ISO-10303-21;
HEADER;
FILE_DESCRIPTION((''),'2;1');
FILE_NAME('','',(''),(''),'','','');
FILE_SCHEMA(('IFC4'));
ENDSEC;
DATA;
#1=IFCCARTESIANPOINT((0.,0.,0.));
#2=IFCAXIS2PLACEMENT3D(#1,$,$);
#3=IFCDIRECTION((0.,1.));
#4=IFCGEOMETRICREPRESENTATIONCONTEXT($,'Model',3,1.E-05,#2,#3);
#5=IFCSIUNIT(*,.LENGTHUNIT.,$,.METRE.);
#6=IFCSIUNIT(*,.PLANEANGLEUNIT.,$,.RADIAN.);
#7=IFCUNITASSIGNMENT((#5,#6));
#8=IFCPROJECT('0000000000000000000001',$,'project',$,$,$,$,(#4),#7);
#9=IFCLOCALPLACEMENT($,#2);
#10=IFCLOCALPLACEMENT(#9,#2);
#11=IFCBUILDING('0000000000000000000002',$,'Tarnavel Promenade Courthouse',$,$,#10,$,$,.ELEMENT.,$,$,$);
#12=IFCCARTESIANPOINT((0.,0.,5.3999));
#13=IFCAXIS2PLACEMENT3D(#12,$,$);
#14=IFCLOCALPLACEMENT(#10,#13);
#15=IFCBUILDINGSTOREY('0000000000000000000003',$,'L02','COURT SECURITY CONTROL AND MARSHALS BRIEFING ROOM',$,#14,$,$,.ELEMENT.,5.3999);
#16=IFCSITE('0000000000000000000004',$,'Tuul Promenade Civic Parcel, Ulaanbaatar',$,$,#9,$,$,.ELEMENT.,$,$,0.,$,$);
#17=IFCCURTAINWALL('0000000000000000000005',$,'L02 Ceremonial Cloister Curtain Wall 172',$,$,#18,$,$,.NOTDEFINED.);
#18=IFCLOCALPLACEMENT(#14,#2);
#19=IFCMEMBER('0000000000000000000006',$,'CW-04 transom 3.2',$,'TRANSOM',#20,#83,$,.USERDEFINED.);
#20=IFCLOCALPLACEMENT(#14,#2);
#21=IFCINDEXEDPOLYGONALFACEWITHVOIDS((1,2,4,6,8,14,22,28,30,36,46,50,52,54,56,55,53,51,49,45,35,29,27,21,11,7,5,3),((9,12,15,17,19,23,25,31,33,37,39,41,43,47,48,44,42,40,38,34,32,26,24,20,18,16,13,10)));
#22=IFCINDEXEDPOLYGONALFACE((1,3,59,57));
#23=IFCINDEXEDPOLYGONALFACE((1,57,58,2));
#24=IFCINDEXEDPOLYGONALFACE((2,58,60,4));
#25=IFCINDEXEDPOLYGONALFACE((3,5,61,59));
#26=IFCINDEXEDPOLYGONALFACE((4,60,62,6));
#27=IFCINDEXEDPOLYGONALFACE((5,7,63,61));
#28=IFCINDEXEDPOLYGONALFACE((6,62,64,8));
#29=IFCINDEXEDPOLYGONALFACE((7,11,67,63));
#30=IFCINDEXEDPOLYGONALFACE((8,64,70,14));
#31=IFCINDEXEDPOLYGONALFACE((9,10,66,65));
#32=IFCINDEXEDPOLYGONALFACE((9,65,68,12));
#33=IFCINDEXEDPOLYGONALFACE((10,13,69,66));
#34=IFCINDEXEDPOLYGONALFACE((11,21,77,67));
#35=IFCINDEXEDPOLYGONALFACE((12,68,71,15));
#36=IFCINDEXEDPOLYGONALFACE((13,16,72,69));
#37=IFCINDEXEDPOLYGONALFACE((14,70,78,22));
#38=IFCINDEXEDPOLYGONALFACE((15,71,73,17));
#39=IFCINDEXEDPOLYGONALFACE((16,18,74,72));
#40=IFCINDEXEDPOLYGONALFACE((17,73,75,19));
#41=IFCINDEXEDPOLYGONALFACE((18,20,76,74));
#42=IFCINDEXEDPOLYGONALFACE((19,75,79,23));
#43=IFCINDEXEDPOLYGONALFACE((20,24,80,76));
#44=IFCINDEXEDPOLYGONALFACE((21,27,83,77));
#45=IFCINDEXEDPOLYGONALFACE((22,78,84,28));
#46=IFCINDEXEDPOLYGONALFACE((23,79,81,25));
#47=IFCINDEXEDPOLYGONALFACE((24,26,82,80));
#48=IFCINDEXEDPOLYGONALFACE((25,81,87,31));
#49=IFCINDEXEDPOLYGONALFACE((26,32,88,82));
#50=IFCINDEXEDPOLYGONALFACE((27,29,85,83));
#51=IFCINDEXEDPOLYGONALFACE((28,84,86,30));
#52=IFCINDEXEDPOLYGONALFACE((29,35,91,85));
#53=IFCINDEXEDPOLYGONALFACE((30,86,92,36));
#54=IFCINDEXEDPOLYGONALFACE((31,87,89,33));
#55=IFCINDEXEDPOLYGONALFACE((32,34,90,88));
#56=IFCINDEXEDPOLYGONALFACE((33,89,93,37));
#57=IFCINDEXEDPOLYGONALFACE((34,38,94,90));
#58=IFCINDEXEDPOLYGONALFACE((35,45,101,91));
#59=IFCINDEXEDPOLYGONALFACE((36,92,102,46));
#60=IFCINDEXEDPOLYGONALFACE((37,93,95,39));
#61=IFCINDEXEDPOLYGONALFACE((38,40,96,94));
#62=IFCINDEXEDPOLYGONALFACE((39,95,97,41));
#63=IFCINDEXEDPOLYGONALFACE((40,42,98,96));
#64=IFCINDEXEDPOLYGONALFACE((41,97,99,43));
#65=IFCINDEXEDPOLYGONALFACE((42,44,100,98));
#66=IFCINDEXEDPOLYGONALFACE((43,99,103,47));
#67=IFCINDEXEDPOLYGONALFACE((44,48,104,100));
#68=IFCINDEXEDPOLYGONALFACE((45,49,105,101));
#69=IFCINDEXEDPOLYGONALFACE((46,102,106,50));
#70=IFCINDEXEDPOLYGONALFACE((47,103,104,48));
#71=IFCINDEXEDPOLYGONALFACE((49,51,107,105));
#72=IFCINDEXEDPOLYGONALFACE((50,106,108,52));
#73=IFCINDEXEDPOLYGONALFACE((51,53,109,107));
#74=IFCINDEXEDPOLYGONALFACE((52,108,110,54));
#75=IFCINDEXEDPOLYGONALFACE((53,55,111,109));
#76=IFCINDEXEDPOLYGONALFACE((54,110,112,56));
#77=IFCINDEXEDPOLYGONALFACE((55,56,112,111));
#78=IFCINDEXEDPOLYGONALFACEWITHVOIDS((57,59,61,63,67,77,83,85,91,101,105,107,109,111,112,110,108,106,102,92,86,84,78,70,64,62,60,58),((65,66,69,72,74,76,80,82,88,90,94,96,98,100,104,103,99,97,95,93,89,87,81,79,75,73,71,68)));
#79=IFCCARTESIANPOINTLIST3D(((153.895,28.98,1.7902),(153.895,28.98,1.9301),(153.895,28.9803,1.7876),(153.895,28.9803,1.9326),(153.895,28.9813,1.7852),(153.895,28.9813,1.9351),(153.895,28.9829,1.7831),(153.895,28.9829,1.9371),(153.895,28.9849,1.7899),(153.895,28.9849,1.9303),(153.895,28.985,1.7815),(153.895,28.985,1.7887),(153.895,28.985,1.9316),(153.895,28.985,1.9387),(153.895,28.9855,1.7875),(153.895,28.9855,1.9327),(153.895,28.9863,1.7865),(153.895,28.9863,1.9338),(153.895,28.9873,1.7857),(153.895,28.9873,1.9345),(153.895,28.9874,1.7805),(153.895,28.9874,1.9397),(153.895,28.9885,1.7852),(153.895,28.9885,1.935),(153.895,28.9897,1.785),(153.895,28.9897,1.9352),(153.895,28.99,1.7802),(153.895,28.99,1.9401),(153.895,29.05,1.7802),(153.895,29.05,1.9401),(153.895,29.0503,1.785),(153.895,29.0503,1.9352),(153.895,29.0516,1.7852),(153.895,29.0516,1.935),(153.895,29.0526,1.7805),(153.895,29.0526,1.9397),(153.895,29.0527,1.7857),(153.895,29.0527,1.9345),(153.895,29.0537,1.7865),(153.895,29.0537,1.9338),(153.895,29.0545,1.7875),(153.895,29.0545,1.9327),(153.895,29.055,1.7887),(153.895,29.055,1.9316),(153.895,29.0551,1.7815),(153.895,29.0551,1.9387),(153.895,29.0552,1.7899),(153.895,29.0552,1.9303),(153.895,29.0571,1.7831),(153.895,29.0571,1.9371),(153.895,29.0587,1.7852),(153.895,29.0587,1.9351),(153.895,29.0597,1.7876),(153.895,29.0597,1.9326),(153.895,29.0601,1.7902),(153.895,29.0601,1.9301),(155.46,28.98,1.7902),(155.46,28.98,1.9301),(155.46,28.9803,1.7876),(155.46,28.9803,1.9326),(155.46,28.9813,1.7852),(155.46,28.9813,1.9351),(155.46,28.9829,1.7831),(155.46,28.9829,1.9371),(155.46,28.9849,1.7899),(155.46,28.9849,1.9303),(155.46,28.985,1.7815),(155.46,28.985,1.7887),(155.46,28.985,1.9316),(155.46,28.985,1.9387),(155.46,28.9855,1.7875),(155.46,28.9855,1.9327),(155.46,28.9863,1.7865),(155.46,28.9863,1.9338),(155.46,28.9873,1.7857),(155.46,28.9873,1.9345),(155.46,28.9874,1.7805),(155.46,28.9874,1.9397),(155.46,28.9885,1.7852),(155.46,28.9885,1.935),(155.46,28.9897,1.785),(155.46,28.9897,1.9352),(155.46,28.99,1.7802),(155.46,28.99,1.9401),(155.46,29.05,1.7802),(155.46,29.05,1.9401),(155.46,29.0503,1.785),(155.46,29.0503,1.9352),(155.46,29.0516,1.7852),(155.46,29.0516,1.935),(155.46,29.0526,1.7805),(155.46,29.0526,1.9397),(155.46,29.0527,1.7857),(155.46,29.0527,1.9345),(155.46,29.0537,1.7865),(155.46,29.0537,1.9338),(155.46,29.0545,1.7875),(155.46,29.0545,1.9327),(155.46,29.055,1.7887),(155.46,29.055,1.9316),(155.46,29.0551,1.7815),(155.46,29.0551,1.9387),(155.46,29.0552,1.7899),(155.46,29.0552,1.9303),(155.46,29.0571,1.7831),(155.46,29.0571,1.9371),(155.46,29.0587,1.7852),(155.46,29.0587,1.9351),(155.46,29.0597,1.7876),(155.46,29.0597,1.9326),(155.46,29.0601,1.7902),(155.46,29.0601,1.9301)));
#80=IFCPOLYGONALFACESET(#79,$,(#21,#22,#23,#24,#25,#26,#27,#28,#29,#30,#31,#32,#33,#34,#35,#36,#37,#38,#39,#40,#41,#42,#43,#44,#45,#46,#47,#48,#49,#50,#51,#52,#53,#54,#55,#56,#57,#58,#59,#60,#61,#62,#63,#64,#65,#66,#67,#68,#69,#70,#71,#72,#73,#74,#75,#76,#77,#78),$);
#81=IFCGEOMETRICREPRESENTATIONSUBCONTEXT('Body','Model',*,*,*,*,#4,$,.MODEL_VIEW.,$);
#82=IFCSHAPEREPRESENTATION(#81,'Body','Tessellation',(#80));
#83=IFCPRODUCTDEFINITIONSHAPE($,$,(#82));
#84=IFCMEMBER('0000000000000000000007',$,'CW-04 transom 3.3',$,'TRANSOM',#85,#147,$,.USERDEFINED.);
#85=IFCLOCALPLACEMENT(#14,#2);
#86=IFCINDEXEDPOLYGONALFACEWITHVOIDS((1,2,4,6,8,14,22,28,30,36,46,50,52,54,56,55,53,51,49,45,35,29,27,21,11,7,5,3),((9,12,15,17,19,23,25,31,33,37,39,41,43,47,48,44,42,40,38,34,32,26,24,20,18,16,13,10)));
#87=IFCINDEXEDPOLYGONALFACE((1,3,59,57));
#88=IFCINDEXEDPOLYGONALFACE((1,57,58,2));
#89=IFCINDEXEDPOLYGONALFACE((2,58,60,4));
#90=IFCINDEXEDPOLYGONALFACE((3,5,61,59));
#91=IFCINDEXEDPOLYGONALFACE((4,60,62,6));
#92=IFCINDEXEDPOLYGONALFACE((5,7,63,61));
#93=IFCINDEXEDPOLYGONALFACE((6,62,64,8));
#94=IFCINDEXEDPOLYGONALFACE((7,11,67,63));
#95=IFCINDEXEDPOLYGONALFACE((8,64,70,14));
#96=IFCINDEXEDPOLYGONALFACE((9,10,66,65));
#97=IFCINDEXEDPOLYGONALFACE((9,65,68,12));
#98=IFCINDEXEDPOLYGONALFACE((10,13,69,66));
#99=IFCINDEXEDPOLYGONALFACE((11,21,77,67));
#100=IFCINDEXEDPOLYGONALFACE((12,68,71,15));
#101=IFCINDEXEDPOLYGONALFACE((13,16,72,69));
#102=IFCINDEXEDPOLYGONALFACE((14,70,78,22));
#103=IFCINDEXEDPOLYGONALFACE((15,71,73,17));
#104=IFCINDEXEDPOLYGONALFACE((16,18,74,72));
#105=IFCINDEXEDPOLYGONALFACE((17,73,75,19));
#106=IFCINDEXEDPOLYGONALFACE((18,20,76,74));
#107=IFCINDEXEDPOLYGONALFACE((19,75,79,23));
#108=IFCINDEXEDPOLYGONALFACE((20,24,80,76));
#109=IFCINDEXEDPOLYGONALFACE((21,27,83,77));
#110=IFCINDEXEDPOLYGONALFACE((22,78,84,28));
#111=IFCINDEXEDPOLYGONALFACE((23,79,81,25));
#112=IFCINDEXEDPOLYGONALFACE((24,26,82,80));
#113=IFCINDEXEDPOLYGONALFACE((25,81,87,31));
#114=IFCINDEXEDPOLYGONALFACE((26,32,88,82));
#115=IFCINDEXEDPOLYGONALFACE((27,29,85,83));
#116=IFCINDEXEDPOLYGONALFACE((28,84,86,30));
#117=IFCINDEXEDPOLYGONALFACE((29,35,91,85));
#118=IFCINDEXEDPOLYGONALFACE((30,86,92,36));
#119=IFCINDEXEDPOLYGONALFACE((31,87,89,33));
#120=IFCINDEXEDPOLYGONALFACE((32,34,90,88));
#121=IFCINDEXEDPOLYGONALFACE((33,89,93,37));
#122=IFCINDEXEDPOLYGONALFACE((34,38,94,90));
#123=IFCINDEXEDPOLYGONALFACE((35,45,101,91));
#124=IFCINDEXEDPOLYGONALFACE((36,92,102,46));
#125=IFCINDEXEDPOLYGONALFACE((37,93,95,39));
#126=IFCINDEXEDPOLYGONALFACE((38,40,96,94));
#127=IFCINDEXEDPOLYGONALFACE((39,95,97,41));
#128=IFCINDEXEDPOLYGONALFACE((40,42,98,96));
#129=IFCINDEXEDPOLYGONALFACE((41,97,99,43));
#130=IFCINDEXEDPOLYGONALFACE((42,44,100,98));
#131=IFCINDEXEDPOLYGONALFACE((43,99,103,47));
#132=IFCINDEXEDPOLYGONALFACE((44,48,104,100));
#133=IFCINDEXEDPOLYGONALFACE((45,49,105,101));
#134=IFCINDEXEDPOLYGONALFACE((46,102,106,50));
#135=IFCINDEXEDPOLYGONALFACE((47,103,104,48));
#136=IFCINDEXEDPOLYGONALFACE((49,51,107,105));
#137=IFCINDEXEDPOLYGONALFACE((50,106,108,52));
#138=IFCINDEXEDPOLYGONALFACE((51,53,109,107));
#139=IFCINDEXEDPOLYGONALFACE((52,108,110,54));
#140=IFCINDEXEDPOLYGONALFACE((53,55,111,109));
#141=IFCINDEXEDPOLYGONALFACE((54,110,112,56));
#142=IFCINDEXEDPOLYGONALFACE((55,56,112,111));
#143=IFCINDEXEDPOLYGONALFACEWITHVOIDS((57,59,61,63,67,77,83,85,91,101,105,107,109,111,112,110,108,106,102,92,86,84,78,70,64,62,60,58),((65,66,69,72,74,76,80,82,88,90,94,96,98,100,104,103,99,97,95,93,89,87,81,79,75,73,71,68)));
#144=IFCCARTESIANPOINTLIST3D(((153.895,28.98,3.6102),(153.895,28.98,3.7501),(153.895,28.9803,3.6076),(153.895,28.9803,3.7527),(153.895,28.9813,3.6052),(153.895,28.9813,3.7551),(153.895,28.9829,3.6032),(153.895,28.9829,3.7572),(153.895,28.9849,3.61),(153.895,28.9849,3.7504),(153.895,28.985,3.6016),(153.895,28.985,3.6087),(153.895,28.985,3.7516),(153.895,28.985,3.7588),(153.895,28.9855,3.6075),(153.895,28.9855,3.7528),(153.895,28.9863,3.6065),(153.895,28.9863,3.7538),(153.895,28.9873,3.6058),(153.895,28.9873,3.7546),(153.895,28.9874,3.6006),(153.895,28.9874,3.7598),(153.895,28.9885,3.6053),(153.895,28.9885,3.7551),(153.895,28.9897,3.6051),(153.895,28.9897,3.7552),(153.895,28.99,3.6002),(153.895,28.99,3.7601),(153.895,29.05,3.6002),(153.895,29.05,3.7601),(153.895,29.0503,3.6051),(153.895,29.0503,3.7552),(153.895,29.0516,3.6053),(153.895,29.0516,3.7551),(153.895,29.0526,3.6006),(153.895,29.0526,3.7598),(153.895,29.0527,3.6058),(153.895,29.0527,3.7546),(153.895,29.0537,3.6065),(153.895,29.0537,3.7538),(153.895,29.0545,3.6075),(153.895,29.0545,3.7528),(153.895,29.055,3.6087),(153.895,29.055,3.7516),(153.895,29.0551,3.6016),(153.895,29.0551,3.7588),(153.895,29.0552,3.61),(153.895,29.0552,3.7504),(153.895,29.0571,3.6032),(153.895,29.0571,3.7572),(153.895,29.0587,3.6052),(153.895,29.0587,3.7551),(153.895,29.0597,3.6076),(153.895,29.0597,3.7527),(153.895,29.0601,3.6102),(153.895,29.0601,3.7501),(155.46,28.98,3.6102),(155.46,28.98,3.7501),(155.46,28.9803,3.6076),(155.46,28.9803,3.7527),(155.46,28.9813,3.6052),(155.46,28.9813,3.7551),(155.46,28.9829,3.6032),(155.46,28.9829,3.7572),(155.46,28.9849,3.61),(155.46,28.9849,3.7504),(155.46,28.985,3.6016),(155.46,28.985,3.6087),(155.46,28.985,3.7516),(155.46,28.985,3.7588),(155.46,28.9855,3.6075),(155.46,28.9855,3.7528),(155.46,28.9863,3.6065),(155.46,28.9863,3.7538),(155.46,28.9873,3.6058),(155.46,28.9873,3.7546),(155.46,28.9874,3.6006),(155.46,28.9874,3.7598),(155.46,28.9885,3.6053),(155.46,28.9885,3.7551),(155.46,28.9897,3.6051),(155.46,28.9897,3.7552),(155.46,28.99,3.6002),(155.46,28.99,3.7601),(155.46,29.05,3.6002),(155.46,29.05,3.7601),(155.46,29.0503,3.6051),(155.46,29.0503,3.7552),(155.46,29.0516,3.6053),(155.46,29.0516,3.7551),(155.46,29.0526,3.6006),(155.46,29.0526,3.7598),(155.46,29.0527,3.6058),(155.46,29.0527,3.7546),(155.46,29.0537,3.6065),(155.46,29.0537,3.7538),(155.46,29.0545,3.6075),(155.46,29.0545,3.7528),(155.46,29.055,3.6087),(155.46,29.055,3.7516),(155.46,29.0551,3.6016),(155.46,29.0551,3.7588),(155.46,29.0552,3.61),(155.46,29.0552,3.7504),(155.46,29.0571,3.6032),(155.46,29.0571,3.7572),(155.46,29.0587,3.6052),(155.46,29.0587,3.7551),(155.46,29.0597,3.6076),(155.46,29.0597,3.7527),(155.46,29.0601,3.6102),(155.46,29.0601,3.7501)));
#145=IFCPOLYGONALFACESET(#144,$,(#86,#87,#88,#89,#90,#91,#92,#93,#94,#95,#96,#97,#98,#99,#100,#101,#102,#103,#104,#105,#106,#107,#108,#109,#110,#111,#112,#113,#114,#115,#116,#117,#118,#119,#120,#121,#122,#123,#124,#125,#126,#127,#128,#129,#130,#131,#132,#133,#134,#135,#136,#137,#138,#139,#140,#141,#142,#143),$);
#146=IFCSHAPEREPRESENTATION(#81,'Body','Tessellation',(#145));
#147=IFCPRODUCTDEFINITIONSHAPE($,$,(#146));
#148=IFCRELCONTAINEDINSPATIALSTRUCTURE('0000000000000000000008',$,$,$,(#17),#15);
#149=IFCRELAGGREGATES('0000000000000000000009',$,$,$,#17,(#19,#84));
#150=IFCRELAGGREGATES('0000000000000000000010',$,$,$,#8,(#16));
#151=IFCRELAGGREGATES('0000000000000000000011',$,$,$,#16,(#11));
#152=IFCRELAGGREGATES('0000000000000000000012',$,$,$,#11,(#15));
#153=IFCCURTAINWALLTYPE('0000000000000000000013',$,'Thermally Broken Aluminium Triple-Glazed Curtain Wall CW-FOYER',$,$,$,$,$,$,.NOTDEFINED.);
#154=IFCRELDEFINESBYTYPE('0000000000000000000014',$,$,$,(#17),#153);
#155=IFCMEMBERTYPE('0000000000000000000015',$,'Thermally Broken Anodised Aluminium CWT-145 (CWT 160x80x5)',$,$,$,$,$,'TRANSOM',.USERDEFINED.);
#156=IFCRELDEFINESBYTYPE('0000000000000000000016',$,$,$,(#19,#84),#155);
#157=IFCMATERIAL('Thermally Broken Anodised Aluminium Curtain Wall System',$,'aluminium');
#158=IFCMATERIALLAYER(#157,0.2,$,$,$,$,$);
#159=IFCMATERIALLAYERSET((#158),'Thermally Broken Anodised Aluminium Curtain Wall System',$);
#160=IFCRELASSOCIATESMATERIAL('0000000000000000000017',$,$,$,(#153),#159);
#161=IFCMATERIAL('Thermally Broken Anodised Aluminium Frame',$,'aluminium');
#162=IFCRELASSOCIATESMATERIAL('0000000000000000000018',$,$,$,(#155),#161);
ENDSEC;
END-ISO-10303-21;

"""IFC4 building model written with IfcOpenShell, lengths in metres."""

from ifc_helpers import new_model, si_unit, direction, frame, origin, origin_2d, place, context, subcontext, project, spatial, hollow_rectangle, extrude, material, layer, layer_set, material_profile, profile_set, type_object, element, aggregate, save


model = new_model("IFC4")

# Units and contexts
model_context = context("Model", 3, precision=1e-05, world=origin(), true_north=direction((0.0, 1.0)))
body_context = subcontext(model_context, "Body", "Model", "MODEL_VIEW")
ifc_project = project(units=[si_unit("LENGTHUNIT", "METRE"), si_unit("PLANEANGLEUNIT", "RADIAN")], contexts=[model_context])

# Site, building, storey
site_placement = place(None, origin())
site = spatial("IfcSite", under=ifc_project, at=site_placement, Name="Tuul Promenade Civic Parcel, Ulaanbaatar", CompositionType="ELEMENT", RefElevation=0.0)
building_placement = place(site_placement, origin())
building = spatial("IfcBuilding", under=site, at=building_placement, Name="Tarnavel Promenade Courthouse", CompositionType="ELEMENT")
storey_placement = place(building_placement, frame((0.0, 0.0, 5.3999)))
storey = spatial("IfcBuildingStorey", under=building, at=storey_placement, Name="L02", Description="COURT SECURITY CONTROL AND MARSHALS BRIEFING ROOM", CompositionType="ELEMENT", Elevation=5.3999)

# Curtain wall
ifc_material_1 = material(Name="Thermally Broken Anodised Aluminium Curtain Wall System", Category="aluminium")
ifc_layer_1 = layer(ifc_material_1, 0.2)
ifc_layer_set_1 = layer_set([ifc_layer_1], Name="Thermally Broken Anodised Aluminium Curtain Wall System")
curtain_wall_type = type_object("IfcCurtainWallType", Name="Thermally Broken Aluminium Triple-Glazed Curtain Wall CW-FOYER", PredefinedType="NOTDEFINED", material=ifc_layer_set_1)
ifc_material_2 = material(Name="Thermally Broken Anodised Aluminium Frame", Category="aluminium")
curtain_wall_1_placement = place(storey_placement, origin())
curtain_wall_1 = element("IfcCurtainWall", 1, at=curtain_wall_1_placement, inside=storey, type_object=curtain_wall_type, Name="L02 Ceremonial Cloister Curtain Wall 172", PredefinedType="NOTDEFINED")

# Members
ifc_material_profile_1 = material_profile(ifc_material_2, hollow_rectangle(XDim=0.0801, YDim=0.1599, WallThickness=0.0049, InnerFilletRadius=0.0049, OuterFilletRadius=0.01, at=origin_2d()), Name="CWT 160x80x5")
ifc_profile_set_1 = profile_set([ifc_material_profile_1], Name="Thermally Broken Anodised Aluminium Frame")
member_type_1 = type_object("IfcMemberType", Name="Thermally Broken Anodised Aluminium CWT-145 (CWT 160x80x5)", ElementType="TRANSOM", PredefinedType="USERDEFINED", material=ifc_profile_set_1)
member_1_placement = place(storey_placement, frame((153.895, 29.02, 1.8601), z_axis=(1.0, 0.0, 0.0), x_axis=(0.0, 1.0, 0.0)))
member_1 = element("IfcMember", 2, at=member_1_placement, type_object=member_type_1, Name="CW-04 transom 3.2", ObjectType="TRANSOM", PredefinedType="USERDEFINED", context=body_context, shape_type="SweptSolid", body=[
    extrude(hollow_rectangle(XDim=0.0801, YDim=0.1599, WallThickness=0.0049, InnerFilletRadius=0.0049, OuterFilletRadius=0.01, at=origin_2d()), origin(), (0.0, 0.0, 1.0), 1.5649),
])
member_2_placement = place(storey_placement, frame((153.895, 29.02, 3.6802), z_axis=(1.0, 0.0, 0.0), x_axis=(0.0, 1.0, 0.0)))
member_2 = element("IfcMember", 3, at=member_2_placement, type_object=member_type_1, Name="CW-04 transom 3.3", ObjectType="TRANSOM", PredefinedType="USERDEFINED", context=body_context, shape_type="SweptSolid", body=[
    extrude(hollow_rectangle(XDim=0.0801, YDim=0.1599, WallThickness=0.0049, InnerFilletRadius=0.0049, OuterFilletRadius=0.01, at=origin_2d()), origin(), (0.0, 0.0, 1.0), 1.5649),
])

aggregate(curtain_wall_1, [member_1, member_2])

save(model, "model.ifc")
